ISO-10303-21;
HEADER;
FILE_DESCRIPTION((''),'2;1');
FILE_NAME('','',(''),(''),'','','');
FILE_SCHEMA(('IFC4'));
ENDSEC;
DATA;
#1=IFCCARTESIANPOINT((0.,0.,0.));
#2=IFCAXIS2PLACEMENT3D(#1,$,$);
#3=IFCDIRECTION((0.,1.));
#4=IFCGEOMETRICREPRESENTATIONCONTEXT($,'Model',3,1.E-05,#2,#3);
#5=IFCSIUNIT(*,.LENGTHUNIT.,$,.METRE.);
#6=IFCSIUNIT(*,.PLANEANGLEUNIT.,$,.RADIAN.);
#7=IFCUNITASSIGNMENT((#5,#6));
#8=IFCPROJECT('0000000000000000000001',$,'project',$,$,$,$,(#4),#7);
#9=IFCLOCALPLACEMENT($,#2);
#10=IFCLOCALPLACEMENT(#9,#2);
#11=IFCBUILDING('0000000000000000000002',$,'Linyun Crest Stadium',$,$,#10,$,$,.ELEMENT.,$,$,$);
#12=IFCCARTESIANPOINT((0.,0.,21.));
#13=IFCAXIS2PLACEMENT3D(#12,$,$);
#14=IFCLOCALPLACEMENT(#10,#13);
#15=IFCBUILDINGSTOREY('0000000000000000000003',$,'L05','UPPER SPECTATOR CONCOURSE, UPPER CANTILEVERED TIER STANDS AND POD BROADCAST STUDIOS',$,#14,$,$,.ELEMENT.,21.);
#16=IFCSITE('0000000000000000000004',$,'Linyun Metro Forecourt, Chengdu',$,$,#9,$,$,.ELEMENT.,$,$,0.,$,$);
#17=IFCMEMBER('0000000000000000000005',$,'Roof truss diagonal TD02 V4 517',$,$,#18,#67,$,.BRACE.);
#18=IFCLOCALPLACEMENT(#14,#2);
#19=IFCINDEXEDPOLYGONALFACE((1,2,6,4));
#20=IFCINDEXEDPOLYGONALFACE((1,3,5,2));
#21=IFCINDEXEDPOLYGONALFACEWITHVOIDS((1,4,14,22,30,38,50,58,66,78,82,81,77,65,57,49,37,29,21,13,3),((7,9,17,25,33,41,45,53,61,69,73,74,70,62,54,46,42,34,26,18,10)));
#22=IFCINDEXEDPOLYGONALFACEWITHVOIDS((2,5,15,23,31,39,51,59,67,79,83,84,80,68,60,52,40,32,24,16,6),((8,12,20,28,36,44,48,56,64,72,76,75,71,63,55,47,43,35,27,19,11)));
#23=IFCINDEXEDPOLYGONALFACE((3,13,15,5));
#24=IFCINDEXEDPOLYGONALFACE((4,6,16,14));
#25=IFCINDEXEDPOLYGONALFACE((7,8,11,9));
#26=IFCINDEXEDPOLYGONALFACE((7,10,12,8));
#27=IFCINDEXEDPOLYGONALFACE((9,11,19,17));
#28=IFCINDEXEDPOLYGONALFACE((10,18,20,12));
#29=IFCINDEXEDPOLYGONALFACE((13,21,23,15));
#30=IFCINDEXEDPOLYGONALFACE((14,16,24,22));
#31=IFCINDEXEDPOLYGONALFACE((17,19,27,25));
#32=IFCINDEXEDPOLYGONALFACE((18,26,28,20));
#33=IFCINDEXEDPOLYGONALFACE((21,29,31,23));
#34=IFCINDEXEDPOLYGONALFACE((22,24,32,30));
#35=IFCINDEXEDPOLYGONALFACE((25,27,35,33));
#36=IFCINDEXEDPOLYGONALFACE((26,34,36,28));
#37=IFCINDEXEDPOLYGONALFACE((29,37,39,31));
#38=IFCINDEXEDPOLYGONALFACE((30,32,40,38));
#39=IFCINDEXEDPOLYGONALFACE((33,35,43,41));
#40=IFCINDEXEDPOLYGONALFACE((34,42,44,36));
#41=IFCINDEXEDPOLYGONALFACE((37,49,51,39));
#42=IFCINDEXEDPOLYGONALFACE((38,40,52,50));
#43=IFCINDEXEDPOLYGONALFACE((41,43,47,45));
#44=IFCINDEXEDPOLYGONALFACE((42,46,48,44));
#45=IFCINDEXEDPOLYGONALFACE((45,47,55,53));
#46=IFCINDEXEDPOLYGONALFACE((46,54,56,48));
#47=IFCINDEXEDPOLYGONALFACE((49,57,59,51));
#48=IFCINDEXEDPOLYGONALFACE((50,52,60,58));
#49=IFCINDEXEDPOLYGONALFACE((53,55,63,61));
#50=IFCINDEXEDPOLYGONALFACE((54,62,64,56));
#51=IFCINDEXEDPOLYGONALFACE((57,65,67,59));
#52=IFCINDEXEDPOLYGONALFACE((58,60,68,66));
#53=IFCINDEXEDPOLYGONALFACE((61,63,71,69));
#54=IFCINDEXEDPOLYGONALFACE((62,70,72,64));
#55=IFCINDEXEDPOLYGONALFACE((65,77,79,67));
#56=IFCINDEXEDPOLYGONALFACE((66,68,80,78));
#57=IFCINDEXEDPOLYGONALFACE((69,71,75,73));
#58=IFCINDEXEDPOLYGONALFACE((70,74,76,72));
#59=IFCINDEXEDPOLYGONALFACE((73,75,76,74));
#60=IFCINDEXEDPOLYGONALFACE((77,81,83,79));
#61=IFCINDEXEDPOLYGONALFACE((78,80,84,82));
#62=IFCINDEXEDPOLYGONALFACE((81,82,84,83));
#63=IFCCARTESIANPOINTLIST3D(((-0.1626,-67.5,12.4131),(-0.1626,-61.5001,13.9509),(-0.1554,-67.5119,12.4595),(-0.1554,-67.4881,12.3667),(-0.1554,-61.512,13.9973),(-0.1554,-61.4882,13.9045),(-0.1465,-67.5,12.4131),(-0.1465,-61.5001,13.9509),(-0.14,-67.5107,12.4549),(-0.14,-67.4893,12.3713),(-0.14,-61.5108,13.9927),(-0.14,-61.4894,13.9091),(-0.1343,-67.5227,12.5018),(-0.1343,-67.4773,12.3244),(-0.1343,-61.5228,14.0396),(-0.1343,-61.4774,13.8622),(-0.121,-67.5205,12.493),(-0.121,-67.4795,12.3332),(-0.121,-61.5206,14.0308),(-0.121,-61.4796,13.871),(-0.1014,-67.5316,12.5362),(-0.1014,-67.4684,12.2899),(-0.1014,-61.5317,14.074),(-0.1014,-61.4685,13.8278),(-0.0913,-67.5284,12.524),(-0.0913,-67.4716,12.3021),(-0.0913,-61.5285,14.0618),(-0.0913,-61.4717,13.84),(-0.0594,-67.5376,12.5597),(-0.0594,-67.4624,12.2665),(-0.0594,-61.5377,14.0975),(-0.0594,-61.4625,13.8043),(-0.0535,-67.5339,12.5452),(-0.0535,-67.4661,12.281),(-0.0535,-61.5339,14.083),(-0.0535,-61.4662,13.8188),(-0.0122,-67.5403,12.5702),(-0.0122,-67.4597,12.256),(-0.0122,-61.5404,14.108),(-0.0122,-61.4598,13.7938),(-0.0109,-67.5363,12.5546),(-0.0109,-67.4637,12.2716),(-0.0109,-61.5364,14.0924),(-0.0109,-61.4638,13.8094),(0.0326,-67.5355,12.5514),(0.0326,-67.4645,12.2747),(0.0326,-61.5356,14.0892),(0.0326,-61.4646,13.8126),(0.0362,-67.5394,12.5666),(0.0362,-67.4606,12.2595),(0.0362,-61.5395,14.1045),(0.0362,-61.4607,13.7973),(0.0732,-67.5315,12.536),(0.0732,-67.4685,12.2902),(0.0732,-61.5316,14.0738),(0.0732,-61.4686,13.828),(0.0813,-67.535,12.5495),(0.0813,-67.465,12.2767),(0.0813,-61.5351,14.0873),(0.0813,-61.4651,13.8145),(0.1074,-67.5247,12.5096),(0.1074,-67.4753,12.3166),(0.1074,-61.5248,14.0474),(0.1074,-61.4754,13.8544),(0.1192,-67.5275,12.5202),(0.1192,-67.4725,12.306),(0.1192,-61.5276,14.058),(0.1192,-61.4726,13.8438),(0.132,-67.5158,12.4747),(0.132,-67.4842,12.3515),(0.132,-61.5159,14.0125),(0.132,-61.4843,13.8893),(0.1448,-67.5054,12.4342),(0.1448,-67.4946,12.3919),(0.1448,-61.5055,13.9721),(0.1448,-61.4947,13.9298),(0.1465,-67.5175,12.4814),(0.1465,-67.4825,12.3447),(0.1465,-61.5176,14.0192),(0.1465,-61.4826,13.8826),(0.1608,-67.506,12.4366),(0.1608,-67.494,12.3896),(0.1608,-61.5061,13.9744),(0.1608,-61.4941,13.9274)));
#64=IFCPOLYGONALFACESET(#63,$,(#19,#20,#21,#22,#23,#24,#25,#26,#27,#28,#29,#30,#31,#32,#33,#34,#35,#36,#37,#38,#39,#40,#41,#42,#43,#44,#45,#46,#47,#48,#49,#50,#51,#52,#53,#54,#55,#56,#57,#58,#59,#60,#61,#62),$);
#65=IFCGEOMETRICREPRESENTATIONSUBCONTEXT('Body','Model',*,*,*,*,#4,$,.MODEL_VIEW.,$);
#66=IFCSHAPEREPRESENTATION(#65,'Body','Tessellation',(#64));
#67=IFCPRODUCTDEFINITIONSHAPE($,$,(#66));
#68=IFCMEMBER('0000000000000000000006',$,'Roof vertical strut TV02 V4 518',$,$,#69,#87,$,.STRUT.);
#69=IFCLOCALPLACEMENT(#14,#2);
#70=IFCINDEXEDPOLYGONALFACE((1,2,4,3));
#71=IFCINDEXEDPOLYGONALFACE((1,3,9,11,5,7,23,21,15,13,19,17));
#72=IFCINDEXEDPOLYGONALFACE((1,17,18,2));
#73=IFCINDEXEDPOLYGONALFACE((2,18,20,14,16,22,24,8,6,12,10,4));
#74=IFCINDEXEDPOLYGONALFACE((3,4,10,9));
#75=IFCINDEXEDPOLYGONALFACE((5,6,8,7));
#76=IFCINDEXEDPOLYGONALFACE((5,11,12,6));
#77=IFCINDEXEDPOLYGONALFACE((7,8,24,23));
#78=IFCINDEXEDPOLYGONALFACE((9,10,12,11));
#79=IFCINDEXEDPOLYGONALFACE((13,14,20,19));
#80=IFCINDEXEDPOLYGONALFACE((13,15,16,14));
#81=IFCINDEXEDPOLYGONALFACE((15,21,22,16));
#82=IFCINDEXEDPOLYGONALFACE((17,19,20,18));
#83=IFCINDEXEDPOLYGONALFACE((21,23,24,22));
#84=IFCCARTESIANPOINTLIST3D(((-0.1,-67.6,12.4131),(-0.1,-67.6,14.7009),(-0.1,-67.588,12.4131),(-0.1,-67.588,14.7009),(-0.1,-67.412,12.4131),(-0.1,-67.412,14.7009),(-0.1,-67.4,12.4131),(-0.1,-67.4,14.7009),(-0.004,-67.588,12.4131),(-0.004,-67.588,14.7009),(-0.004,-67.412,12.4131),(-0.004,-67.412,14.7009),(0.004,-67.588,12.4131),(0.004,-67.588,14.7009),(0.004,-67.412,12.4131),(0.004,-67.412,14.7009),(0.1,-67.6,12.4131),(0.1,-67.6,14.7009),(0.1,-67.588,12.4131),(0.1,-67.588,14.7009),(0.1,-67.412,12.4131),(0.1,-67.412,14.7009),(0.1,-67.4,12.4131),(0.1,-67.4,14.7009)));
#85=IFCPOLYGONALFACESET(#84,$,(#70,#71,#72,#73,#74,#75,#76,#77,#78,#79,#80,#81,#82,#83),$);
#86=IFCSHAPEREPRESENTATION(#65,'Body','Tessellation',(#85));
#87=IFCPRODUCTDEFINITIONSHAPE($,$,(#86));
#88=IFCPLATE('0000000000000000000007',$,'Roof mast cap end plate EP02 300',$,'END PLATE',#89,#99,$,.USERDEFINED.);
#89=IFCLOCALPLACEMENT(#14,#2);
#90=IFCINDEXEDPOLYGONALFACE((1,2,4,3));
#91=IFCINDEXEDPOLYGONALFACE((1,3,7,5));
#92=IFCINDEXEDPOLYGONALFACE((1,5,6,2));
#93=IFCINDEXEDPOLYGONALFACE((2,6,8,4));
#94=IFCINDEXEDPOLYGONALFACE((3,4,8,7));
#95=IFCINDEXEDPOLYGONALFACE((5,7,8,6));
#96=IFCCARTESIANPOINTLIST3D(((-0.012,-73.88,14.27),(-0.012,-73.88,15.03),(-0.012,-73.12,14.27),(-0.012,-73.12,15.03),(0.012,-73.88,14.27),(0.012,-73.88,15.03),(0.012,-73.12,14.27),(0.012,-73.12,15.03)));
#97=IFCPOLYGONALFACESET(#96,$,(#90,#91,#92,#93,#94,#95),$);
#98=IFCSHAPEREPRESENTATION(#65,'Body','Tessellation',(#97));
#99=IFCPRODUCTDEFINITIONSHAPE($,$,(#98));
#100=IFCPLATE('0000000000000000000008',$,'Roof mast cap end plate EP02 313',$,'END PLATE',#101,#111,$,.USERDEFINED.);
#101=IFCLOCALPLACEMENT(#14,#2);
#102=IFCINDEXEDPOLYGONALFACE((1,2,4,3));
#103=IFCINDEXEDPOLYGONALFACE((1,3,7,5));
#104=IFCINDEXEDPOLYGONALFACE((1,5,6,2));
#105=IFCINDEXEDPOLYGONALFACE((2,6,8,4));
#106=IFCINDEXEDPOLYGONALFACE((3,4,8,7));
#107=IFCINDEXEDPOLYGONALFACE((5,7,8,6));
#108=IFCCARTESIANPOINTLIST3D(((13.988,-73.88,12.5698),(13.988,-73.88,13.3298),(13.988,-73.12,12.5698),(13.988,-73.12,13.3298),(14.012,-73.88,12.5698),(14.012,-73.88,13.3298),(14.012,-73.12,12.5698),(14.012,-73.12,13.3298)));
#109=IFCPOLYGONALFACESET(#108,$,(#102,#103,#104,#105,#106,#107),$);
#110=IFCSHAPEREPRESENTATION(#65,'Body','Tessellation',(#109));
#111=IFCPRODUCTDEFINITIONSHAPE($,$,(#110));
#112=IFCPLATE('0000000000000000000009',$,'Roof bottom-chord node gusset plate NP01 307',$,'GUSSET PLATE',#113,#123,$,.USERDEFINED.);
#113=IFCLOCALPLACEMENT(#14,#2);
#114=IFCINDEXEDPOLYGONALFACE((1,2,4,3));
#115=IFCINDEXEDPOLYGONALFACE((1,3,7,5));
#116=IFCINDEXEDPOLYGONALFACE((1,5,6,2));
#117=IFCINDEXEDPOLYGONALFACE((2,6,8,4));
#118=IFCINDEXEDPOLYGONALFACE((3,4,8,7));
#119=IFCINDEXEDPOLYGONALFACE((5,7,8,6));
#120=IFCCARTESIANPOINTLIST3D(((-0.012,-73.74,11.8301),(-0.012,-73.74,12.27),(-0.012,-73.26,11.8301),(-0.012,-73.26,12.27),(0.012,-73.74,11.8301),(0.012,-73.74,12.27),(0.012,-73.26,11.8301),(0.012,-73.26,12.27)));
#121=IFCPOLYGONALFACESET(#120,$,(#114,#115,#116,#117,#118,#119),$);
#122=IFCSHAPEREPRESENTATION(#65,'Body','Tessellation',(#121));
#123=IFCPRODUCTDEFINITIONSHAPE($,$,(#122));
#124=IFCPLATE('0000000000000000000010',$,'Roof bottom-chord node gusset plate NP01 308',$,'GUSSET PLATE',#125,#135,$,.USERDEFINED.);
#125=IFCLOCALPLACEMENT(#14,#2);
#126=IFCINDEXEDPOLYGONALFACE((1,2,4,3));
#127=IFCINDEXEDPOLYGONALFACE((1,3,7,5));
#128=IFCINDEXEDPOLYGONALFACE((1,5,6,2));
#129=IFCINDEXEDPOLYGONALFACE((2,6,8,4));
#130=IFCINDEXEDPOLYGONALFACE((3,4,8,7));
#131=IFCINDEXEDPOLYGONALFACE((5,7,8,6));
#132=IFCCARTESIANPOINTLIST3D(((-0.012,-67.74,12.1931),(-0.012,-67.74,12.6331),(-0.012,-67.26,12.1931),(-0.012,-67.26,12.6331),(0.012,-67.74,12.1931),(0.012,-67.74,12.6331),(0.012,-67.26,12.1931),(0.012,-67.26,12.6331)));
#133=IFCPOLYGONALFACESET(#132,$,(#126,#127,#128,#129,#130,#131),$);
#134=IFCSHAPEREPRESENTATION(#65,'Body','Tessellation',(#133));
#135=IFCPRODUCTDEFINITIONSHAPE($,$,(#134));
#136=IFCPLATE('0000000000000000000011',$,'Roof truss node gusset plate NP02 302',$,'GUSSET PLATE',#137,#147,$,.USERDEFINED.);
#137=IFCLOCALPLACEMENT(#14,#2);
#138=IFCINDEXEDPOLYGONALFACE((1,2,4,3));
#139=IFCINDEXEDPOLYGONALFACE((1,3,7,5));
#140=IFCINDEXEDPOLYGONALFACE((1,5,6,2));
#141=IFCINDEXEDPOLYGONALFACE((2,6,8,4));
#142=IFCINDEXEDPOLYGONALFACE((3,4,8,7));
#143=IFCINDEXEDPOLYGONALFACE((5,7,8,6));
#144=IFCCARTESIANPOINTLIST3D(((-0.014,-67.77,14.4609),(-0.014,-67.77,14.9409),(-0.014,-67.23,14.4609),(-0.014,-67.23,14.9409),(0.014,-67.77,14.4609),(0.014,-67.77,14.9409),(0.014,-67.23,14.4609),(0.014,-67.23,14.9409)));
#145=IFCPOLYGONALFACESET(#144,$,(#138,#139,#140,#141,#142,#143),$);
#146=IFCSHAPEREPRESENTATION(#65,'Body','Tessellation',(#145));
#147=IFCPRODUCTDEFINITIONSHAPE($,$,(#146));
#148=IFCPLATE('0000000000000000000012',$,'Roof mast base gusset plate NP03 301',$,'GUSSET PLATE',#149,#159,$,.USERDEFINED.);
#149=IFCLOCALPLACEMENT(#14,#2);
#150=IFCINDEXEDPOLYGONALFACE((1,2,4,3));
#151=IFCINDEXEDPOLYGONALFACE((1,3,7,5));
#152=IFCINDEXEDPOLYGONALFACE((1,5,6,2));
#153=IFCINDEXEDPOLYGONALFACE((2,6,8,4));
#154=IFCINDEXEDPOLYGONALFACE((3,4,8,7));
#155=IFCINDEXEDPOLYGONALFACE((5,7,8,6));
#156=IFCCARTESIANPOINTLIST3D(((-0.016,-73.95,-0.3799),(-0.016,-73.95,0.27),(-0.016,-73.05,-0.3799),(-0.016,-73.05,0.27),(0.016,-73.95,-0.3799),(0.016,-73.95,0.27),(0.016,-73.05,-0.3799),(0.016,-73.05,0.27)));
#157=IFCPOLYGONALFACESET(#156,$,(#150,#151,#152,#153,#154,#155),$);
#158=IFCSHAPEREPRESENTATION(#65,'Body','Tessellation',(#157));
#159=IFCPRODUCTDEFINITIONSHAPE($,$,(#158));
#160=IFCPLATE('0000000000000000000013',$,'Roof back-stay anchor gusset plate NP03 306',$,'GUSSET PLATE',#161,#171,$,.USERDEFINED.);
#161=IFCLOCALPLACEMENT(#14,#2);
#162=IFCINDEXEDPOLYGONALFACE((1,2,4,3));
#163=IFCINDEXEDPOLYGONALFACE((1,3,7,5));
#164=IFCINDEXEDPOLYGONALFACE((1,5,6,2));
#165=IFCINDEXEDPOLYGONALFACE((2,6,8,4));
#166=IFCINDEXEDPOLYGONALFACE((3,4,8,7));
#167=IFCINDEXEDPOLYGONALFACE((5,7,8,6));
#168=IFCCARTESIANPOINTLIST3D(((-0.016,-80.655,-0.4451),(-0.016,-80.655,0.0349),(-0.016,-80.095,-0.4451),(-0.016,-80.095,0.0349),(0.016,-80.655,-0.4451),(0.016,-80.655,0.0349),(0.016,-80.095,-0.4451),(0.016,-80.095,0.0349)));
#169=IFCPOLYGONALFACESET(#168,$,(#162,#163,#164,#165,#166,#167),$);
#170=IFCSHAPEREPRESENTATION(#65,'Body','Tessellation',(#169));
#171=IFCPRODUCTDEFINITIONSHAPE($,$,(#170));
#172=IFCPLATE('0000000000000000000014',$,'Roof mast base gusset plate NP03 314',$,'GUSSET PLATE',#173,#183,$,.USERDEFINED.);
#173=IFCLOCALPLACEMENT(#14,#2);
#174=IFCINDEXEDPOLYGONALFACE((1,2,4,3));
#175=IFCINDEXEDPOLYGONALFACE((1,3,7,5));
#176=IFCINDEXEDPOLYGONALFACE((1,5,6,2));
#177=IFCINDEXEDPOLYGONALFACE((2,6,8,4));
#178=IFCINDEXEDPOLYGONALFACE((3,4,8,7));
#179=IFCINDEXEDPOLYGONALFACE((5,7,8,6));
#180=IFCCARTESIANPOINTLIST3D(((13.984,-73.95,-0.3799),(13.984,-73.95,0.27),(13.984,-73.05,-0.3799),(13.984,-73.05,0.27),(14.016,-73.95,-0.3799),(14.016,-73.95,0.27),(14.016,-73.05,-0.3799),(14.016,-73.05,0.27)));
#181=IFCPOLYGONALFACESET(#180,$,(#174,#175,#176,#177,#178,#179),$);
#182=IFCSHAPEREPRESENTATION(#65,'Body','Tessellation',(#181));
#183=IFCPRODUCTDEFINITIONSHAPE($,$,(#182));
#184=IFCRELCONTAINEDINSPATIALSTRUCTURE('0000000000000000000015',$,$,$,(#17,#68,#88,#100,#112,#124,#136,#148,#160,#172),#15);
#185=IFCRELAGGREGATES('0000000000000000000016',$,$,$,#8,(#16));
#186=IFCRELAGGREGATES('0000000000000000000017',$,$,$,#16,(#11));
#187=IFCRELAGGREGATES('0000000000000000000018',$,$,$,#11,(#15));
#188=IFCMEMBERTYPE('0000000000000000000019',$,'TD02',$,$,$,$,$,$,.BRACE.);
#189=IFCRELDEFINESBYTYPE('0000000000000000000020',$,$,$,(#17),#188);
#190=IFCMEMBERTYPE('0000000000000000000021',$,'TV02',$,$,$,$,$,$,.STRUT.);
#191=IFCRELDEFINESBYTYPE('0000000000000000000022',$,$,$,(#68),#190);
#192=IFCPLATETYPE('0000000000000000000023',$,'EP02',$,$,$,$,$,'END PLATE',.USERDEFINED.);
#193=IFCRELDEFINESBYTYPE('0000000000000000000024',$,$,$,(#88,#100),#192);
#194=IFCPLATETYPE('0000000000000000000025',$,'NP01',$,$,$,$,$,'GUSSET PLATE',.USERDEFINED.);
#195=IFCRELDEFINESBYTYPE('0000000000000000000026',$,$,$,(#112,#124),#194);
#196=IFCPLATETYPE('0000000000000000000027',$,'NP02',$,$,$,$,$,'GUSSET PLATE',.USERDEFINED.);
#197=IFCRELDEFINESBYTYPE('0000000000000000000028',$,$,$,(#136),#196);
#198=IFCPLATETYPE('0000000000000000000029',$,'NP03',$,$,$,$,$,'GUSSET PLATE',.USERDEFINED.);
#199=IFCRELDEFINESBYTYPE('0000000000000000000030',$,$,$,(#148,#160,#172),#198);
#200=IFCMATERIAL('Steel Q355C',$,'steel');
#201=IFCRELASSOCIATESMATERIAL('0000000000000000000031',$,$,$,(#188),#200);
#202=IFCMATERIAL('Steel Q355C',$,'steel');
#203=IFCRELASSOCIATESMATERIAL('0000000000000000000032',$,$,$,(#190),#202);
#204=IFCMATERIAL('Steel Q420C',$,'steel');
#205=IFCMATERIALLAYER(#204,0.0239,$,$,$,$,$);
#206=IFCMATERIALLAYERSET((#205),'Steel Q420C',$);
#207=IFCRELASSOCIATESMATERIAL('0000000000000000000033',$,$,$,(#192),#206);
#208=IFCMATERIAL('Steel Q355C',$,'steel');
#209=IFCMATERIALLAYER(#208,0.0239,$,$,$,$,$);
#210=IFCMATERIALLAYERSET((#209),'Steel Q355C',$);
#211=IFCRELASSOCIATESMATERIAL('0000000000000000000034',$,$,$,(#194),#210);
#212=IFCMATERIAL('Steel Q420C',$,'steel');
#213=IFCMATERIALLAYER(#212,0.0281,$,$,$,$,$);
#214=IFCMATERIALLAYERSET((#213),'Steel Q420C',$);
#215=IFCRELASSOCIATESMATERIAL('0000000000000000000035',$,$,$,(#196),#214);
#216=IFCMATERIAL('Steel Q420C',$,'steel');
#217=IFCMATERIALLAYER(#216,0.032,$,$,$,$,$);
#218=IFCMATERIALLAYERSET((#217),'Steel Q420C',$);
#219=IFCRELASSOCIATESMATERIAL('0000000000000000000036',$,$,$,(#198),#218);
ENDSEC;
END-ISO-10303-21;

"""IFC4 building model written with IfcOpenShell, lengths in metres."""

from ifc_helpers import new_model, si_unit, direction, frame, origin, origin_2d, place, context, subcontext, project, spatial, rectangle, hollow_circle, i_section, extrude, material, layer, layer_set, material_profile, profile_set, type_object, element, save


model = new_model("IFC4")

# Units and contexts
model_context = context("Model", 3, precision=1e-05, world=origin(), true_north=direction((0.0, 1.0)))
body_context = subcontext(model_context, "Body", "Model", "MODEL_VIEW")
ifc_project = project(units=[si_unit("LENGTHUNIT", "METRE"), si_unit("PLANEANGLEUNIT", "RADIAN")], contexts=[model_context])

# Site, building, storey
site_placement = place(None, origin())
site = spatial("IfcSite", under=ifc_project, at=site_placement, Name="Linyun Metro Forecourt, Chengdu", CompositionType="ELEMENT", RefElevation=0.0)
building_placement = place(site_placement, origin())
building = spatial("IfcBuilding", under=site, at=building_placement, Name="Linyun Crest Stadium", CompositionType="ELEMENT")
storey_placement = place(building_placement, frame((0.0, 0.0, 21.0)))
storey = spatial("IfcBuildingStorey", under=building, at=storey_placement, Name="L05", Description="UPPER SPECTATOR CONCOURSE, UPPER CANTILEVERED TIER STANDS AND POD BROADCAST STUDIOS", CompositionType="ELEMENT", Elevation=21.0)

# Members
ifc_material_1 = material(Name="Steel Q355C", Category="steel")
ifc_material_profile_1 = material_profile(ifc_material_1, hollow_circle(Radius=0.1626, WallThickness=0.0161, at=origin_2d()), Name="CHS 325x16")
ifc_profile_set_1 = profile_set([ifc_material_profile_1], Name="Steel Q355C")
member_type_1 = type_object("IfcMemberType", Name="TD02", PredefinedType="BRACE", material=ifc_profile_set_1)
member_1_placement = place(storey_placement, frame((0.0, -67.5, 12.4131), z_axis=(0.0, 0.968688, 0.248281), x_axis=(-1.0, 0.0, 0.0)))
element("IfcMember", 1, at=member_1_placement, inside=storey, type_object=member_type_1, Name="Roof truss diagonal TD02 V4 517", PredefinedType="BRACE", context=body_context, shape_type="SweptSolid", body=[
    extrude(hollow_circle(Radius=0.1626, WallThickness=0.0161, at=origin_2d()), origin(), (0.0, 0.0, 1.0), 6.1938),
])
ifc_material_2 = material(Name="Steel Q355C", Category="steel")
ifc_material_profile_2 = material_profile(ifc_material_2, i_section(OverallWidth=0.2, OverallDepth=0.2, WebThickness=0.0081, FlangeThickness=0.012, at=origin_2d()), Name="HW 200x200")
ifc_profile_set_2 = profile_set([ifc_material_profile_2], Name="Steel Q355C")
member_type_2 = type_object("IfcMemberType", Name="TV02", PredefinedType="STRUT", material=ifc_profile_set_2)
member_2_placement = place(storey_placement, frame((0.0, -67.5, 12.4131), z_axis=(0.0, 0.0, 1.0), x_axis=(1.0, 0.0, 0.0)))
element("IfcMember", 2, at=member_2_placement, inside=storey, type_object=member_type_2, Name="Roof vertical strut TV02 V4 518", PredefinedType="STRUT", context=body_context, shape_type="SweptSolid", body=[
    extrude(i_section(OverallWidth=0.2, OverallDepth=0.2, WebThickness=0.0081, FlangeThickness=0.012, at=origin_2d()), origin(), (0.0, 0.0, 1.0), 2.2878),
])

# Plates
ifc_material_3 = material(Name="Steel Q420C", Category="steel")
ifc_layer_1 = layer(ifc_material_3, 0.0239)
ifc_layer_set_1 = layer_set([ifc_layer_1], Name="Steel Q420C")
plate_type_1 = type_object("IfcPlateType", Name="EP02", ElementType="END PLATE", PredefinedType="USERDEFINED", material=ifc_layer_set_1)
for number, where, z_axis, x_axis, name in (
    (3, (0.0, -73.5, 14.27), (0.0, 0.0, 1.0), (0.0, 1.0, 0.0), "Roof mast cap end plate EP02 300"),
    (4, (14.0, -73.5, 12.5698), (0.0, 0.0, 1.0), (0.0, 1.0, 0.0), "Roof mast cap end plate EP02 313"),
):
    element("IfcPlate", number, at=place(storey_placement, frame(where, z_axis=z_axis, x_axis=x_axis)), inside=storey, type_object=plate_type_1, Name=name, ObjectType="END PLATE", PredefinedType="USERDEFINED", context=body_context, shape_type="SweptSolid", body=[
        extrude(rectangle(XDim=0.76, YDim=0.0239, at=origin_2d()), origin(), (0.0, 0.0, 1.0), 0.76),
    ])
ifc_material_4 = material(Name="Steel Q355C", Category="steel")
ifc_layer_2 = layer(ifc_material_4, 0.0239)
ifc_layer_set_2 = layer_set([ifc_layer_2], Name="Steel Q355C")
plate_type_2 = type_object("IfcPlateType", Name="NP01", ElementType="GUSSET PLATE", PredefinedType="USERDEFINED", material=ifc_layer_set_2)
for number, where, z_axis, x_axis, name in (
    (5, (0.0, -73.5, 11.8301), (0.0, 0.0, 1.0), (0.0, 1.0, 0.0), "Roof bottom-chord node gusset plate NP01 307"),
    (6, (0.0, -67.5, 12.1931), (0.0, 0.0, 1.0), (0.0, 1.0, 0.0), "Roof bottom-chord node gusset plate NP01 308"),
):
    element("IfcPlate", number, at=place(storey_placement, frame(where, z_axis=z_axis, x_axis=x_axis)), inside=storey, type_object=plate_type_2, Name=name, ObjectType="GUSSET PLATE", PredefinedType="USERDEFINED", context=body_context, shape_type="SweptSolid", body=[
        extrude(rectangle(XDim=0.48, YDim=0.0239, at=origin_2d()), origin(), (0.0, 0.0, 1.0), 0.4399),
    ])
ifc_material_5 = material(Name="Steel Q420C", Category="steel")
ifc_layer_3 = layer(ifc_material_5, 0.0281)
ifc_layer_set_3 = layer_set([ifc_layer_3], Name="Steel Q420C")
plate_type_3 = type_object("IfcPlateType", Name="NP02", ElementType="GUSSET PLATE", PredefinedType="USERDEFINED", material=ifc_layer_set_3)
plate_1_placement = place(storey_placement, frame((0.0, -67.5, 14.4609), z_axis=(0.0, 0.0, 1.0), x_axis=(0.0, 1.0, 0.0)))
element("IfcPlate", 7, at=plate_1_placement, inside=storey, type_object=plate_type_3, Name="Roof truss node gusset plate NP02 302", ObjectType="GUSSET PLATE", PredefinedType="USERDEFINED", context=body_context, shape_type="SweptSolid", body=[
    extrude(rectangle(XDim=0.54, YDim=0.0281, at=origin_2d()), origin(), (0.0, 0.0, 1.0), 0.48),
])
ifc_material_6 = material(Name="Steel Q420C", Category="steel")
ifc_layer_4 = layer(ifc_material_6, 0.032)
ifc_layer_set_4 = layer_set([ifc_layer_4], Name="Steel Q420C")
plate_type_4 = type_object("IfcPlateType", Name="NP03", ElementType="GUSSET PLATE", PredefinedType="USERDEFINED", material=ifc_layer_set_4)
plate_2_placement = place(storey_placement, frame((0.0, -73.5, -0.3799), z_axis=(0.0, 0.0, 1.0), x_axis=(0.0, 1.0, 0.0)))
element("IfcPlate", 8, at=plate_2_placement, inside=storey, type_object=plate_type_4, Name="Roof mast base gusset plate NP03 301", ObjectType="GUSSET PLATE", PredefinedType="USERDEFINED", context=body_context, shape_type="SweptSolid", body=[
    extrude(rectangle(XDim=0.8999, YDim=0.032, at=origin_2d()), origin(), (0.0, 0.0, 1.0), 0.6499),
])
plate_3_placement = place(storey_placement, frame((0.0, -80.375, -0.4451), z_axis=(0.0, 0.0, 1.0), x_axis=(0.0, 1.0, 0.0)))
element("IfcPlate", 9, at=plate_3_placement, inside=storey, type_object=plate_type_4, Name="Roof back-stay anchor gusset plate NP03 306", ObjectType="GUSSET PLATE", PredefinedType="USERDEFINED", context=body_context, shape_type="SweptSolid", body=[
    extrude(rectangle(XDim=0.5601, YDim=0.032, at=origin_2d()), origin(), (0.0, 0.0, 1.0), 0.48),
])
plate_4_placement = place(storey_placement, frame((14.0, -73.5, -0.3799), z_axis=(0.0, 0.0, 1.0), x_axis=(0.0, 1.0, 0.0)))
element("IfcPlate", 10, at=plate_4_placement, inside=storey, type_object=plate_type_4, Name="Roof mast base gusset plate NP03 314", ObjectType="GUSSET PLATE", PredefinedType="USERDEFINED", context=body_context, shape_type="SweptSolid", body=[
    extrude(rectangle(XDim=0.8999, YDim=0.032, at=origin_2d()), origin(), (0.0, 0.0, 1.0), 0.6499),
])

save(model, "model.ifc")
